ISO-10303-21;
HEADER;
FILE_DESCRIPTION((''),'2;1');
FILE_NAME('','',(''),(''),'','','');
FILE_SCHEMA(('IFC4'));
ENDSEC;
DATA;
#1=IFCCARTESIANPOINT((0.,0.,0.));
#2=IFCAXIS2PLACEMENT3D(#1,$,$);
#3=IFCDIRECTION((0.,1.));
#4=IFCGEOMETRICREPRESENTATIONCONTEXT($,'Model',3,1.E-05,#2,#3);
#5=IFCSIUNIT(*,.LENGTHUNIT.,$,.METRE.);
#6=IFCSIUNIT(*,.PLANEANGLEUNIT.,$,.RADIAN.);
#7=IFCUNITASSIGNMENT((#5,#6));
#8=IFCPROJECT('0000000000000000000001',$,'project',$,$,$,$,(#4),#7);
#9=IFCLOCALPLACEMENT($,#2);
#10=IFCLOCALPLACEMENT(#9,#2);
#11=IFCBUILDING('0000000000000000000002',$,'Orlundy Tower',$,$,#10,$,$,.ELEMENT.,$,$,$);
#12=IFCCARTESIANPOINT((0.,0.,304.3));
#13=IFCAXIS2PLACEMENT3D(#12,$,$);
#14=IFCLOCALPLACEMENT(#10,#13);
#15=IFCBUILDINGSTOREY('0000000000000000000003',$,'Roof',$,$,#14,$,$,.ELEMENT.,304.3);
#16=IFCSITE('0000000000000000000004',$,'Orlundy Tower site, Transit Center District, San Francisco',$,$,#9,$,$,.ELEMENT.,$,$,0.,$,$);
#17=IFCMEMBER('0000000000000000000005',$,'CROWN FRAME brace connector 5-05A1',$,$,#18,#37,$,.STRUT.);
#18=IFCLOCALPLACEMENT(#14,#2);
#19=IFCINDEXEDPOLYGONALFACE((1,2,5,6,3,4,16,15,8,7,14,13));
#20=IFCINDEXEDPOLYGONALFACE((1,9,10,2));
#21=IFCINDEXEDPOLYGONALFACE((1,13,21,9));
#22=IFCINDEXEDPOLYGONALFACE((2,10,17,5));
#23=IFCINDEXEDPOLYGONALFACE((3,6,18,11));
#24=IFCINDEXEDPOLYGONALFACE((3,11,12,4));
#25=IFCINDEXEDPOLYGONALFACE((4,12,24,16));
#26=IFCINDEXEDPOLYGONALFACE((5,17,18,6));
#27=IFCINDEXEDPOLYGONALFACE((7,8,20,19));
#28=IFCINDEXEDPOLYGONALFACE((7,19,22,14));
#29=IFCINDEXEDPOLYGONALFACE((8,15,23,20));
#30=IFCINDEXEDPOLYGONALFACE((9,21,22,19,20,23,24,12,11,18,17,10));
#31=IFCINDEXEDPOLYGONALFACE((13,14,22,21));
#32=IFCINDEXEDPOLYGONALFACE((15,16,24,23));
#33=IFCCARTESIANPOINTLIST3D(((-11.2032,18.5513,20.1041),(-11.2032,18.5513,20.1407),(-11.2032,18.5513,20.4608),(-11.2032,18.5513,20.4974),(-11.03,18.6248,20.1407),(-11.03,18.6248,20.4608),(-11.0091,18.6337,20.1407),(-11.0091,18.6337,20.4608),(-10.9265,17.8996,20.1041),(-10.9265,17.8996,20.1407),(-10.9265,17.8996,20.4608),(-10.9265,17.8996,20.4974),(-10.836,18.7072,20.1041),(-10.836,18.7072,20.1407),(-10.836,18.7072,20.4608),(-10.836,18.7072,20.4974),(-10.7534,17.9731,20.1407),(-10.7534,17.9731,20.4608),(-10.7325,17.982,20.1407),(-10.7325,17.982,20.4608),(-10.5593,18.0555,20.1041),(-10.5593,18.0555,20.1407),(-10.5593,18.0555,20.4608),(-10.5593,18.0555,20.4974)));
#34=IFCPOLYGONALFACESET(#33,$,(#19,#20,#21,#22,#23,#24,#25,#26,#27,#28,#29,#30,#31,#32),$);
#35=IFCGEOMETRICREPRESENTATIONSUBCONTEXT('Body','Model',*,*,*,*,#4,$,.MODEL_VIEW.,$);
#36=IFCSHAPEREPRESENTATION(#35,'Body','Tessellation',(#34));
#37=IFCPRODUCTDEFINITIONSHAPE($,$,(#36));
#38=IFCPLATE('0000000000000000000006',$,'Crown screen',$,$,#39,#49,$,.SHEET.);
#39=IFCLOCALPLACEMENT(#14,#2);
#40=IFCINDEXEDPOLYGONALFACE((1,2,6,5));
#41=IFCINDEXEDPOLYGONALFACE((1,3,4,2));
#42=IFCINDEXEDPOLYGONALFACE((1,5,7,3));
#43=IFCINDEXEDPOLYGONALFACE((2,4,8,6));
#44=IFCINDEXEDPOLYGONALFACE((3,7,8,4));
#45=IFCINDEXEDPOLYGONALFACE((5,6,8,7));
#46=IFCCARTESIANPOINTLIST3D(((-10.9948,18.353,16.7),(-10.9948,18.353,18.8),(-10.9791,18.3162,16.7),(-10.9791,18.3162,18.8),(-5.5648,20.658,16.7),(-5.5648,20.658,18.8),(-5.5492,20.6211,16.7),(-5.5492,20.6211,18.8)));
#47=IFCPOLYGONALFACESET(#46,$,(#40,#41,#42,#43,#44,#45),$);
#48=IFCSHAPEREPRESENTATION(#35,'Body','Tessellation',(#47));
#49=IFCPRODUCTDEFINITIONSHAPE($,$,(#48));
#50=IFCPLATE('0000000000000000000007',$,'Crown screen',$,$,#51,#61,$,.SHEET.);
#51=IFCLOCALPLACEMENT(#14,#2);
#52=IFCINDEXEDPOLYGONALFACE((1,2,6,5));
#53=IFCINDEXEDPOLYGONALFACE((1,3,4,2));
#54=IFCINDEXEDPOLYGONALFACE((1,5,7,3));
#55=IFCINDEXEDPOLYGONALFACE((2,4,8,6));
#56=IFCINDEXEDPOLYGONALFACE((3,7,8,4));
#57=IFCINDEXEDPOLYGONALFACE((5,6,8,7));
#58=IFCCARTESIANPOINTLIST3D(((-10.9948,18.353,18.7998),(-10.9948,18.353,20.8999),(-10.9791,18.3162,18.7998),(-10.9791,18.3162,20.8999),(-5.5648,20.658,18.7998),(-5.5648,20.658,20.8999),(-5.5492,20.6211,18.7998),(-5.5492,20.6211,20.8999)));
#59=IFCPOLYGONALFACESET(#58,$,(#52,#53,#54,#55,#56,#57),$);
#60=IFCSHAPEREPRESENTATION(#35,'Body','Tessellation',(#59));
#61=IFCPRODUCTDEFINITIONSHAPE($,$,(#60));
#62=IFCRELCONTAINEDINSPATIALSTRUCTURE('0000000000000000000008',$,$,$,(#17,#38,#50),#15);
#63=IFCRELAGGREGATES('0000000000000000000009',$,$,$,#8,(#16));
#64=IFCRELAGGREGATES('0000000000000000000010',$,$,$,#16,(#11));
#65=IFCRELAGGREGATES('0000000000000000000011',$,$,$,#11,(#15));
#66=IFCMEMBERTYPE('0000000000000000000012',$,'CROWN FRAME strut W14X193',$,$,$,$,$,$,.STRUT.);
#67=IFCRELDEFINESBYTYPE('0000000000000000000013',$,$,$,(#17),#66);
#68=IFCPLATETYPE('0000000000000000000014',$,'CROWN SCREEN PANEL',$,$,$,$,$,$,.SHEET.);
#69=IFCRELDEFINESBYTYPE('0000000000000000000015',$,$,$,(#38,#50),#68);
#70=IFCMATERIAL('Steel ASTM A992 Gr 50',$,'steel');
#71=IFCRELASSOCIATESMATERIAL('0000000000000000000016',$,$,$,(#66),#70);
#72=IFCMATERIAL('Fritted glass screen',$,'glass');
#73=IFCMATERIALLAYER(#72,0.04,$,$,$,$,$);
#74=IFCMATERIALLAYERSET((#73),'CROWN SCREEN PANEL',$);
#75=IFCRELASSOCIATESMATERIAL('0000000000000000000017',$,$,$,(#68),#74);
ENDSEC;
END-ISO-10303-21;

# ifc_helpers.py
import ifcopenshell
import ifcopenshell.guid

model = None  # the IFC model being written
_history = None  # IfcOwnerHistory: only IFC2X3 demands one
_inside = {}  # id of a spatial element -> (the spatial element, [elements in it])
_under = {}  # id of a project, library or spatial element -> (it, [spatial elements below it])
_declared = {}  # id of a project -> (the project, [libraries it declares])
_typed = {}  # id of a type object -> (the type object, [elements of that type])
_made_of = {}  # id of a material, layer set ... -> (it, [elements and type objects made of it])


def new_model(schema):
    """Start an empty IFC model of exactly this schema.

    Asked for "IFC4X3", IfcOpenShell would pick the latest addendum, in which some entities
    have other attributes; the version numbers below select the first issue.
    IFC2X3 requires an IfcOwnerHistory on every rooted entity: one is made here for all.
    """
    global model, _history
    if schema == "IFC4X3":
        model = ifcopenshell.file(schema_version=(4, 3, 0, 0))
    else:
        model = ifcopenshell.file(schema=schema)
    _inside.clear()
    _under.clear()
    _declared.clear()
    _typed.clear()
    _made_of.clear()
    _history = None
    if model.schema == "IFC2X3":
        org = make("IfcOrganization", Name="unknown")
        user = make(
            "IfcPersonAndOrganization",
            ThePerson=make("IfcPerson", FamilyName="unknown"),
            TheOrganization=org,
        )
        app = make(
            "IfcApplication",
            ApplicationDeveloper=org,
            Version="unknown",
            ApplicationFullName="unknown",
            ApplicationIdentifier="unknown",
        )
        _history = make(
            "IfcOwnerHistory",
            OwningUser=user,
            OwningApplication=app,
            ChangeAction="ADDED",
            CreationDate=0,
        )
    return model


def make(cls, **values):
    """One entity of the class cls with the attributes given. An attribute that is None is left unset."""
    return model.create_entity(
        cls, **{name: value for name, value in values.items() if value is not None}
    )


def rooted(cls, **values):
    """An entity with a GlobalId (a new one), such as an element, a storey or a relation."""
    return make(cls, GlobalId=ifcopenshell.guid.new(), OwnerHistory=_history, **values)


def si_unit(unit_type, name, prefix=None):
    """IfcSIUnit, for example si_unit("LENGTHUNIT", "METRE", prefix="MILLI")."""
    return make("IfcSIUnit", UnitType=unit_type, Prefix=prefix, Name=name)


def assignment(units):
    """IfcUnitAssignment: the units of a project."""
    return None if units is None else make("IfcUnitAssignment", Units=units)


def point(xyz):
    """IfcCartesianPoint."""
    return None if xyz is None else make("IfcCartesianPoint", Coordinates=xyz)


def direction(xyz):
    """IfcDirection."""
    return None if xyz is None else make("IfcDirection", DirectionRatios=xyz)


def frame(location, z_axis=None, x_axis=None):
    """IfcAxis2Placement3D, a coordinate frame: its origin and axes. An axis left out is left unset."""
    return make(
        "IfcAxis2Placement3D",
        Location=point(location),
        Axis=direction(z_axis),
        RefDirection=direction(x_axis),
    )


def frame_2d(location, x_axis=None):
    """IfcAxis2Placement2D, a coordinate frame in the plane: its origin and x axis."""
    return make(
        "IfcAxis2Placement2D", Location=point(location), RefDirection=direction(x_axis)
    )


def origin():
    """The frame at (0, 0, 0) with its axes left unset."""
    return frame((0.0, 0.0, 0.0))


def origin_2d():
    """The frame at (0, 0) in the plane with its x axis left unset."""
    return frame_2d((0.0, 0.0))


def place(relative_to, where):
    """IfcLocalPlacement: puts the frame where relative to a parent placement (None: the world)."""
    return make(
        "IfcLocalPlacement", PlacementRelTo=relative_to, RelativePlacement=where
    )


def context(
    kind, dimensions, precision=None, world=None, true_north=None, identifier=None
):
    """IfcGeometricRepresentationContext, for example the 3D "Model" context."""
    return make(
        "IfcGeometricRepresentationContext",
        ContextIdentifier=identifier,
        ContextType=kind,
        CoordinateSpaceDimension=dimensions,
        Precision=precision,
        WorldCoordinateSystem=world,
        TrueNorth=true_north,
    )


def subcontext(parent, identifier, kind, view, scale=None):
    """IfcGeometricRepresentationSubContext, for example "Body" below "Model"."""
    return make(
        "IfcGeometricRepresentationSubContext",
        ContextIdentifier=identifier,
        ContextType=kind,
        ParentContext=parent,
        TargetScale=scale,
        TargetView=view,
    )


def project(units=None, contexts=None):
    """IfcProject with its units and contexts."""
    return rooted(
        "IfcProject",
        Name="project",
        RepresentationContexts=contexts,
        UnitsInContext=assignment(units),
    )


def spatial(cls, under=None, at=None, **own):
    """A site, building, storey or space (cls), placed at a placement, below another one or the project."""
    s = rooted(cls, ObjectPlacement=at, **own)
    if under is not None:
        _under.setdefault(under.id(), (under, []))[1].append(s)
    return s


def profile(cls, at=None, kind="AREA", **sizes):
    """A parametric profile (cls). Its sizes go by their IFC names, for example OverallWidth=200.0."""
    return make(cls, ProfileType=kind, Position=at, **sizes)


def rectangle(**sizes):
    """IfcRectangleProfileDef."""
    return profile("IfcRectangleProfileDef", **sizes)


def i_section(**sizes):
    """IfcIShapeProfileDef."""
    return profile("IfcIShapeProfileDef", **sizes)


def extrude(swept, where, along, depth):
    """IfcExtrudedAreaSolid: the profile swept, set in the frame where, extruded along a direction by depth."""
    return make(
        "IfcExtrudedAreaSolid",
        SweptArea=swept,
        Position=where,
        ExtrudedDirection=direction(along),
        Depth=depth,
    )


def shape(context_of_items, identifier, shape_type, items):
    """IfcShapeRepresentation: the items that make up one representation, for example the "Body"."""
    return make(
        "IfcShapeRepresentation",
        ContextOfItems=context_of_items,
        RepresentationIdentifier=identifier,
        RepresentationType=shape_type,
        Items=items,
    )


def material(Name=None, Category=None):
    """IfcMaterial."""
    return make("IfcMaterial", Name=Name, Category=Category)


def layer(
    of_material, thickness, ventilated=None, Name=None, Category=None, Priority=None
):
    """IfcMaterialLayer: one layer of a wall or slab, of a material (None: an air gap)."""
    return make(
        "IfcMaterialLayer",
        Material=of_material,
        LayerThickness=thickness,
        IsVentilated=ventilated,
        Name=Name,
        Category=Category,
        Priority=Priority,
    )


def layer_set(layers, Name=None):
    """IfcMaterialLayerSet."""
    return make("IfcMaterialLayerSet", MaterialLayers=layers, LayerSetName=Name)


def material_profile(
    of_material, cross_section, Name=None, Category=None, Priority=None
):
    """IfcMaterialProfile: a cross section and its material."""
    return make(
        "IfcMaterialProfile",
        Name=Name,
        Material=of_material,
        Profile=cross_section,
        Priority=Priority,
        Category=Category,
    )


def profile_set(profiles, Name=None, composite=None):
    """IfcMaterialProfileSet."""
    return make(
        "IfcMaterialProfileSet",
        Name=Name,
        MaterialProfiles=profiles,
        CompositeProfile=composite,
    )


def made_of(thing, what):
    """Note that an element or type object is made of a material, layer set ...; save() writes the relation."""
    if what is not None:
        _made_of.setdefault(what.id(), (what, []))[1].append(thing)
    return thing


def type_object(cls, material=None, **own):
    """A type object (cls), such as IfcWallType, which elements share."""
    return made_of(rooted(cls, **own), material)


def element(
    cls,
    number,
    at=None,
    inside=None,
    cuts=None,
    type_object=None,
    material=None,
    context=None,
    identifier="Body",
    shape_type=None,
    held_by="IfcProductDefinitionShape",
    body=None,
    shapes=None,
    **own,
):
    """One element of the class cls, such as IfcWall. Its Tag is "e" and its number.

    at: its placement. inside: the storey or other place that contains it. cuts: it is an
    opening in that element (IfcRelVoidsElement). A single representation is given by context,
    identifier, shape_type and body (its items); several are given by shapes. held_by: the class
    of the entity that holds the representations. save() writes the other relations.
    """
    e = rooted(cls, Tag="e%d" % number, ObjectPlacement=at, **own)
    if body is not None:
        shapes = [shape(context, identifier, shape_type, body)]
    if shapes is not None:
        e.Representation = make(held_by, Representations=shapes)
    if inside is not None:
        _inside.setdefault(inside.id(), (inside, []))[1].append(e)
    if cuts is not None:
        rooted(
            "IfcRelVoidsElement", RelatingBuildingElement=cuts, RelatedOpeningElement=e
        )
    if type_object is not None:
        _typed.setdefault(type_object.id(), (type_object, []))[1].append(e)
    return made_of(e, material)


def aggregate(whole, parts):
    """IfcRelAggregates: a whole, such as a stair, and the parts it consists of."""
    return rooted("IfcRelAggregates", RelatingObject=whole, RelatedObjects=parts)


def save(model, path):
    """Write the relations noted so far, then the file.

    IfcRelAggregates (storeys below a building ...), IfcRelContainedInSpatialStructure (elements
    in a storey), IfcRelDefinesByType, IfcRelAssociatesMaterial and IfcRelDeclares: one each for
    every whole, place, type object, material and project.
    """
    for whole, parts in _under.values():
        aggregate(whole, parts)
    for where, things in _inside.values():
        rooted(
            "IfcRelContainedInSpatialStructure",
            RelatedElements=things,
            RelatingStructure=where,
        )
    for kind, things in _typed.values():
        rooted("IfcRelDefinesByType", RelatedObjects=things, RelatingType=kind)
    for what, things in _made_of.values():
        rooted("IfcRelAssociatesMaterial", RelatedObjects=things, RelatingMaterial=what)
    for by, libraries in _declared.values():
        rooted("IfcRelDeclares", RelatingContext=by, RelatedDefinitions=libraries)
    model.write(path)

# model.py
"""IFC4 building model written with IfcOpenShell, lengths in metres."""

from ifc_helpers import new_model, si_unit, direction, frame, origin, origin_2d, place, context, subcontext, project, spatial, rectangle, i_section, extrude, material, layer, layer_set, material_profile, profile_set, type_object, element, save


model = new_model("IFC4")

# Units and contexts
model_context = context("Model", 3, precision=1e-05, world=origin(), true_north=direction((0.0, 1.0)))
body_context = subcontext(model_context, "Body", "Model", "MODEL_VIEW")
ifc_project = project(units=[si_unit("LENGTHUNIT", "METRE"), si_unit("PLANEANGLEUNIT", "RADIAN")], contexts=[model_context])

# Site, building, storey
site_placement = place(None, origin())
site = spatial("IfcSite", under=ifc_project, at=site_placement, Name="Orlundy Tower site, Transit Center District, San Francisco", CompositionType="ELEMENT", RefElevation=0.0)
building_placement = place(site_placement, origin())
building = spatial("IfcBuilding", under=site, at=building_placement, Name="Orlundy Tower", CompositionType="ELEMENT")
storey_placement = place(building_placement, frame((0.0, 0.0, 304.3)))
storey = spatial("IfcBuildingStorey", under=building, at=storey_placement, Name="Roof", CompositionType="ELEMENT", Elevation=304.3)

# Member
ifc_material_1 = material(Name="Steel ASTM A992 Gr 50", Category="steel")
ifc_material_profile_1 = material_profile(ifc_material_1, i_section(OverallWidth=0.3989, OverallDepth=0.3933, WebThickness=0.0227, FlangeThickness=0.0366, at=origin_2d()), Name="W14X193")
ifc_profile_set_1 = profile_set([ifc_material_profile_1], Name="Steel ASTM A992 Gr 50")
member_type = type_object("IfcMemberType", Name="CROWN FRAME strut W14X193", PredefinedType="STRUT", material=ifc_profile_set_1)
member_1_placement = place(storey_placement, frame((-10.7429, 17.9775, 20.3008), z_axis=(-0.390754, 0.920495, 0.0), x_axis=(-0.920495, -0.390754, 0.0)))
element("IfcMember", 1, at=member_1_placement, inside=storey, type_object=member_type, Name="CROWN FRAME brace connector 5-05A1", PredefinedType="STRUT", context=body_context, shape_type="SweptSolid", body=[
    extrude(i_section(OverallWidth=0.3989, OverallDepth=0.3933, WebThickness=0.0227, FlangeThickness=0.0366, at=origin_2d()), origin(), (0.0, 0.0, 1.0), 0.708),
])

# Plates
ifc_material_2 = material(Name="Fritted glass screen", Category="glass")
ifc_layer = layer(ifc_material_2, 0.04)
ifc_layer_set = layer_set([ifc_layer], Name="CROWN SCREEN PANEL")
plate_type = type_object("IfcPlateType", Name="CROWN SCREEN PANEL", PredefinedType="SHEET", material=ifc_layer_set)
for number, where, z_axis, x_axis, name in (
    (2, (-8.272, 19.4871, 16.7), (0.0, 0.0, 1.0), (-0.9205, -0.390742, 0.0), "Crown screen"),
    (3, (-8.272, 19.4871, 18.7998), (0.0, 0.0, 1.0), (-0.9205, -0.390742, 0.0), "Crown screen"),
):
    element("IfcPlate", number, at=place(storey_placement, frame(where, z_axis=z_axis, x_axis=x_axis)), inside=storey, type_object=plate_type, Name=name, PredefinedType="SHEET", context=body_context, shape_type="SweptSolid", body=[
        extrude(rectangle(XDim=5.8989, YDim=0.04, at=origin_2d()), origin(), (0.0, 0.0, 1.0), 2.1001),
    ])

save(model, "model.ifc")
